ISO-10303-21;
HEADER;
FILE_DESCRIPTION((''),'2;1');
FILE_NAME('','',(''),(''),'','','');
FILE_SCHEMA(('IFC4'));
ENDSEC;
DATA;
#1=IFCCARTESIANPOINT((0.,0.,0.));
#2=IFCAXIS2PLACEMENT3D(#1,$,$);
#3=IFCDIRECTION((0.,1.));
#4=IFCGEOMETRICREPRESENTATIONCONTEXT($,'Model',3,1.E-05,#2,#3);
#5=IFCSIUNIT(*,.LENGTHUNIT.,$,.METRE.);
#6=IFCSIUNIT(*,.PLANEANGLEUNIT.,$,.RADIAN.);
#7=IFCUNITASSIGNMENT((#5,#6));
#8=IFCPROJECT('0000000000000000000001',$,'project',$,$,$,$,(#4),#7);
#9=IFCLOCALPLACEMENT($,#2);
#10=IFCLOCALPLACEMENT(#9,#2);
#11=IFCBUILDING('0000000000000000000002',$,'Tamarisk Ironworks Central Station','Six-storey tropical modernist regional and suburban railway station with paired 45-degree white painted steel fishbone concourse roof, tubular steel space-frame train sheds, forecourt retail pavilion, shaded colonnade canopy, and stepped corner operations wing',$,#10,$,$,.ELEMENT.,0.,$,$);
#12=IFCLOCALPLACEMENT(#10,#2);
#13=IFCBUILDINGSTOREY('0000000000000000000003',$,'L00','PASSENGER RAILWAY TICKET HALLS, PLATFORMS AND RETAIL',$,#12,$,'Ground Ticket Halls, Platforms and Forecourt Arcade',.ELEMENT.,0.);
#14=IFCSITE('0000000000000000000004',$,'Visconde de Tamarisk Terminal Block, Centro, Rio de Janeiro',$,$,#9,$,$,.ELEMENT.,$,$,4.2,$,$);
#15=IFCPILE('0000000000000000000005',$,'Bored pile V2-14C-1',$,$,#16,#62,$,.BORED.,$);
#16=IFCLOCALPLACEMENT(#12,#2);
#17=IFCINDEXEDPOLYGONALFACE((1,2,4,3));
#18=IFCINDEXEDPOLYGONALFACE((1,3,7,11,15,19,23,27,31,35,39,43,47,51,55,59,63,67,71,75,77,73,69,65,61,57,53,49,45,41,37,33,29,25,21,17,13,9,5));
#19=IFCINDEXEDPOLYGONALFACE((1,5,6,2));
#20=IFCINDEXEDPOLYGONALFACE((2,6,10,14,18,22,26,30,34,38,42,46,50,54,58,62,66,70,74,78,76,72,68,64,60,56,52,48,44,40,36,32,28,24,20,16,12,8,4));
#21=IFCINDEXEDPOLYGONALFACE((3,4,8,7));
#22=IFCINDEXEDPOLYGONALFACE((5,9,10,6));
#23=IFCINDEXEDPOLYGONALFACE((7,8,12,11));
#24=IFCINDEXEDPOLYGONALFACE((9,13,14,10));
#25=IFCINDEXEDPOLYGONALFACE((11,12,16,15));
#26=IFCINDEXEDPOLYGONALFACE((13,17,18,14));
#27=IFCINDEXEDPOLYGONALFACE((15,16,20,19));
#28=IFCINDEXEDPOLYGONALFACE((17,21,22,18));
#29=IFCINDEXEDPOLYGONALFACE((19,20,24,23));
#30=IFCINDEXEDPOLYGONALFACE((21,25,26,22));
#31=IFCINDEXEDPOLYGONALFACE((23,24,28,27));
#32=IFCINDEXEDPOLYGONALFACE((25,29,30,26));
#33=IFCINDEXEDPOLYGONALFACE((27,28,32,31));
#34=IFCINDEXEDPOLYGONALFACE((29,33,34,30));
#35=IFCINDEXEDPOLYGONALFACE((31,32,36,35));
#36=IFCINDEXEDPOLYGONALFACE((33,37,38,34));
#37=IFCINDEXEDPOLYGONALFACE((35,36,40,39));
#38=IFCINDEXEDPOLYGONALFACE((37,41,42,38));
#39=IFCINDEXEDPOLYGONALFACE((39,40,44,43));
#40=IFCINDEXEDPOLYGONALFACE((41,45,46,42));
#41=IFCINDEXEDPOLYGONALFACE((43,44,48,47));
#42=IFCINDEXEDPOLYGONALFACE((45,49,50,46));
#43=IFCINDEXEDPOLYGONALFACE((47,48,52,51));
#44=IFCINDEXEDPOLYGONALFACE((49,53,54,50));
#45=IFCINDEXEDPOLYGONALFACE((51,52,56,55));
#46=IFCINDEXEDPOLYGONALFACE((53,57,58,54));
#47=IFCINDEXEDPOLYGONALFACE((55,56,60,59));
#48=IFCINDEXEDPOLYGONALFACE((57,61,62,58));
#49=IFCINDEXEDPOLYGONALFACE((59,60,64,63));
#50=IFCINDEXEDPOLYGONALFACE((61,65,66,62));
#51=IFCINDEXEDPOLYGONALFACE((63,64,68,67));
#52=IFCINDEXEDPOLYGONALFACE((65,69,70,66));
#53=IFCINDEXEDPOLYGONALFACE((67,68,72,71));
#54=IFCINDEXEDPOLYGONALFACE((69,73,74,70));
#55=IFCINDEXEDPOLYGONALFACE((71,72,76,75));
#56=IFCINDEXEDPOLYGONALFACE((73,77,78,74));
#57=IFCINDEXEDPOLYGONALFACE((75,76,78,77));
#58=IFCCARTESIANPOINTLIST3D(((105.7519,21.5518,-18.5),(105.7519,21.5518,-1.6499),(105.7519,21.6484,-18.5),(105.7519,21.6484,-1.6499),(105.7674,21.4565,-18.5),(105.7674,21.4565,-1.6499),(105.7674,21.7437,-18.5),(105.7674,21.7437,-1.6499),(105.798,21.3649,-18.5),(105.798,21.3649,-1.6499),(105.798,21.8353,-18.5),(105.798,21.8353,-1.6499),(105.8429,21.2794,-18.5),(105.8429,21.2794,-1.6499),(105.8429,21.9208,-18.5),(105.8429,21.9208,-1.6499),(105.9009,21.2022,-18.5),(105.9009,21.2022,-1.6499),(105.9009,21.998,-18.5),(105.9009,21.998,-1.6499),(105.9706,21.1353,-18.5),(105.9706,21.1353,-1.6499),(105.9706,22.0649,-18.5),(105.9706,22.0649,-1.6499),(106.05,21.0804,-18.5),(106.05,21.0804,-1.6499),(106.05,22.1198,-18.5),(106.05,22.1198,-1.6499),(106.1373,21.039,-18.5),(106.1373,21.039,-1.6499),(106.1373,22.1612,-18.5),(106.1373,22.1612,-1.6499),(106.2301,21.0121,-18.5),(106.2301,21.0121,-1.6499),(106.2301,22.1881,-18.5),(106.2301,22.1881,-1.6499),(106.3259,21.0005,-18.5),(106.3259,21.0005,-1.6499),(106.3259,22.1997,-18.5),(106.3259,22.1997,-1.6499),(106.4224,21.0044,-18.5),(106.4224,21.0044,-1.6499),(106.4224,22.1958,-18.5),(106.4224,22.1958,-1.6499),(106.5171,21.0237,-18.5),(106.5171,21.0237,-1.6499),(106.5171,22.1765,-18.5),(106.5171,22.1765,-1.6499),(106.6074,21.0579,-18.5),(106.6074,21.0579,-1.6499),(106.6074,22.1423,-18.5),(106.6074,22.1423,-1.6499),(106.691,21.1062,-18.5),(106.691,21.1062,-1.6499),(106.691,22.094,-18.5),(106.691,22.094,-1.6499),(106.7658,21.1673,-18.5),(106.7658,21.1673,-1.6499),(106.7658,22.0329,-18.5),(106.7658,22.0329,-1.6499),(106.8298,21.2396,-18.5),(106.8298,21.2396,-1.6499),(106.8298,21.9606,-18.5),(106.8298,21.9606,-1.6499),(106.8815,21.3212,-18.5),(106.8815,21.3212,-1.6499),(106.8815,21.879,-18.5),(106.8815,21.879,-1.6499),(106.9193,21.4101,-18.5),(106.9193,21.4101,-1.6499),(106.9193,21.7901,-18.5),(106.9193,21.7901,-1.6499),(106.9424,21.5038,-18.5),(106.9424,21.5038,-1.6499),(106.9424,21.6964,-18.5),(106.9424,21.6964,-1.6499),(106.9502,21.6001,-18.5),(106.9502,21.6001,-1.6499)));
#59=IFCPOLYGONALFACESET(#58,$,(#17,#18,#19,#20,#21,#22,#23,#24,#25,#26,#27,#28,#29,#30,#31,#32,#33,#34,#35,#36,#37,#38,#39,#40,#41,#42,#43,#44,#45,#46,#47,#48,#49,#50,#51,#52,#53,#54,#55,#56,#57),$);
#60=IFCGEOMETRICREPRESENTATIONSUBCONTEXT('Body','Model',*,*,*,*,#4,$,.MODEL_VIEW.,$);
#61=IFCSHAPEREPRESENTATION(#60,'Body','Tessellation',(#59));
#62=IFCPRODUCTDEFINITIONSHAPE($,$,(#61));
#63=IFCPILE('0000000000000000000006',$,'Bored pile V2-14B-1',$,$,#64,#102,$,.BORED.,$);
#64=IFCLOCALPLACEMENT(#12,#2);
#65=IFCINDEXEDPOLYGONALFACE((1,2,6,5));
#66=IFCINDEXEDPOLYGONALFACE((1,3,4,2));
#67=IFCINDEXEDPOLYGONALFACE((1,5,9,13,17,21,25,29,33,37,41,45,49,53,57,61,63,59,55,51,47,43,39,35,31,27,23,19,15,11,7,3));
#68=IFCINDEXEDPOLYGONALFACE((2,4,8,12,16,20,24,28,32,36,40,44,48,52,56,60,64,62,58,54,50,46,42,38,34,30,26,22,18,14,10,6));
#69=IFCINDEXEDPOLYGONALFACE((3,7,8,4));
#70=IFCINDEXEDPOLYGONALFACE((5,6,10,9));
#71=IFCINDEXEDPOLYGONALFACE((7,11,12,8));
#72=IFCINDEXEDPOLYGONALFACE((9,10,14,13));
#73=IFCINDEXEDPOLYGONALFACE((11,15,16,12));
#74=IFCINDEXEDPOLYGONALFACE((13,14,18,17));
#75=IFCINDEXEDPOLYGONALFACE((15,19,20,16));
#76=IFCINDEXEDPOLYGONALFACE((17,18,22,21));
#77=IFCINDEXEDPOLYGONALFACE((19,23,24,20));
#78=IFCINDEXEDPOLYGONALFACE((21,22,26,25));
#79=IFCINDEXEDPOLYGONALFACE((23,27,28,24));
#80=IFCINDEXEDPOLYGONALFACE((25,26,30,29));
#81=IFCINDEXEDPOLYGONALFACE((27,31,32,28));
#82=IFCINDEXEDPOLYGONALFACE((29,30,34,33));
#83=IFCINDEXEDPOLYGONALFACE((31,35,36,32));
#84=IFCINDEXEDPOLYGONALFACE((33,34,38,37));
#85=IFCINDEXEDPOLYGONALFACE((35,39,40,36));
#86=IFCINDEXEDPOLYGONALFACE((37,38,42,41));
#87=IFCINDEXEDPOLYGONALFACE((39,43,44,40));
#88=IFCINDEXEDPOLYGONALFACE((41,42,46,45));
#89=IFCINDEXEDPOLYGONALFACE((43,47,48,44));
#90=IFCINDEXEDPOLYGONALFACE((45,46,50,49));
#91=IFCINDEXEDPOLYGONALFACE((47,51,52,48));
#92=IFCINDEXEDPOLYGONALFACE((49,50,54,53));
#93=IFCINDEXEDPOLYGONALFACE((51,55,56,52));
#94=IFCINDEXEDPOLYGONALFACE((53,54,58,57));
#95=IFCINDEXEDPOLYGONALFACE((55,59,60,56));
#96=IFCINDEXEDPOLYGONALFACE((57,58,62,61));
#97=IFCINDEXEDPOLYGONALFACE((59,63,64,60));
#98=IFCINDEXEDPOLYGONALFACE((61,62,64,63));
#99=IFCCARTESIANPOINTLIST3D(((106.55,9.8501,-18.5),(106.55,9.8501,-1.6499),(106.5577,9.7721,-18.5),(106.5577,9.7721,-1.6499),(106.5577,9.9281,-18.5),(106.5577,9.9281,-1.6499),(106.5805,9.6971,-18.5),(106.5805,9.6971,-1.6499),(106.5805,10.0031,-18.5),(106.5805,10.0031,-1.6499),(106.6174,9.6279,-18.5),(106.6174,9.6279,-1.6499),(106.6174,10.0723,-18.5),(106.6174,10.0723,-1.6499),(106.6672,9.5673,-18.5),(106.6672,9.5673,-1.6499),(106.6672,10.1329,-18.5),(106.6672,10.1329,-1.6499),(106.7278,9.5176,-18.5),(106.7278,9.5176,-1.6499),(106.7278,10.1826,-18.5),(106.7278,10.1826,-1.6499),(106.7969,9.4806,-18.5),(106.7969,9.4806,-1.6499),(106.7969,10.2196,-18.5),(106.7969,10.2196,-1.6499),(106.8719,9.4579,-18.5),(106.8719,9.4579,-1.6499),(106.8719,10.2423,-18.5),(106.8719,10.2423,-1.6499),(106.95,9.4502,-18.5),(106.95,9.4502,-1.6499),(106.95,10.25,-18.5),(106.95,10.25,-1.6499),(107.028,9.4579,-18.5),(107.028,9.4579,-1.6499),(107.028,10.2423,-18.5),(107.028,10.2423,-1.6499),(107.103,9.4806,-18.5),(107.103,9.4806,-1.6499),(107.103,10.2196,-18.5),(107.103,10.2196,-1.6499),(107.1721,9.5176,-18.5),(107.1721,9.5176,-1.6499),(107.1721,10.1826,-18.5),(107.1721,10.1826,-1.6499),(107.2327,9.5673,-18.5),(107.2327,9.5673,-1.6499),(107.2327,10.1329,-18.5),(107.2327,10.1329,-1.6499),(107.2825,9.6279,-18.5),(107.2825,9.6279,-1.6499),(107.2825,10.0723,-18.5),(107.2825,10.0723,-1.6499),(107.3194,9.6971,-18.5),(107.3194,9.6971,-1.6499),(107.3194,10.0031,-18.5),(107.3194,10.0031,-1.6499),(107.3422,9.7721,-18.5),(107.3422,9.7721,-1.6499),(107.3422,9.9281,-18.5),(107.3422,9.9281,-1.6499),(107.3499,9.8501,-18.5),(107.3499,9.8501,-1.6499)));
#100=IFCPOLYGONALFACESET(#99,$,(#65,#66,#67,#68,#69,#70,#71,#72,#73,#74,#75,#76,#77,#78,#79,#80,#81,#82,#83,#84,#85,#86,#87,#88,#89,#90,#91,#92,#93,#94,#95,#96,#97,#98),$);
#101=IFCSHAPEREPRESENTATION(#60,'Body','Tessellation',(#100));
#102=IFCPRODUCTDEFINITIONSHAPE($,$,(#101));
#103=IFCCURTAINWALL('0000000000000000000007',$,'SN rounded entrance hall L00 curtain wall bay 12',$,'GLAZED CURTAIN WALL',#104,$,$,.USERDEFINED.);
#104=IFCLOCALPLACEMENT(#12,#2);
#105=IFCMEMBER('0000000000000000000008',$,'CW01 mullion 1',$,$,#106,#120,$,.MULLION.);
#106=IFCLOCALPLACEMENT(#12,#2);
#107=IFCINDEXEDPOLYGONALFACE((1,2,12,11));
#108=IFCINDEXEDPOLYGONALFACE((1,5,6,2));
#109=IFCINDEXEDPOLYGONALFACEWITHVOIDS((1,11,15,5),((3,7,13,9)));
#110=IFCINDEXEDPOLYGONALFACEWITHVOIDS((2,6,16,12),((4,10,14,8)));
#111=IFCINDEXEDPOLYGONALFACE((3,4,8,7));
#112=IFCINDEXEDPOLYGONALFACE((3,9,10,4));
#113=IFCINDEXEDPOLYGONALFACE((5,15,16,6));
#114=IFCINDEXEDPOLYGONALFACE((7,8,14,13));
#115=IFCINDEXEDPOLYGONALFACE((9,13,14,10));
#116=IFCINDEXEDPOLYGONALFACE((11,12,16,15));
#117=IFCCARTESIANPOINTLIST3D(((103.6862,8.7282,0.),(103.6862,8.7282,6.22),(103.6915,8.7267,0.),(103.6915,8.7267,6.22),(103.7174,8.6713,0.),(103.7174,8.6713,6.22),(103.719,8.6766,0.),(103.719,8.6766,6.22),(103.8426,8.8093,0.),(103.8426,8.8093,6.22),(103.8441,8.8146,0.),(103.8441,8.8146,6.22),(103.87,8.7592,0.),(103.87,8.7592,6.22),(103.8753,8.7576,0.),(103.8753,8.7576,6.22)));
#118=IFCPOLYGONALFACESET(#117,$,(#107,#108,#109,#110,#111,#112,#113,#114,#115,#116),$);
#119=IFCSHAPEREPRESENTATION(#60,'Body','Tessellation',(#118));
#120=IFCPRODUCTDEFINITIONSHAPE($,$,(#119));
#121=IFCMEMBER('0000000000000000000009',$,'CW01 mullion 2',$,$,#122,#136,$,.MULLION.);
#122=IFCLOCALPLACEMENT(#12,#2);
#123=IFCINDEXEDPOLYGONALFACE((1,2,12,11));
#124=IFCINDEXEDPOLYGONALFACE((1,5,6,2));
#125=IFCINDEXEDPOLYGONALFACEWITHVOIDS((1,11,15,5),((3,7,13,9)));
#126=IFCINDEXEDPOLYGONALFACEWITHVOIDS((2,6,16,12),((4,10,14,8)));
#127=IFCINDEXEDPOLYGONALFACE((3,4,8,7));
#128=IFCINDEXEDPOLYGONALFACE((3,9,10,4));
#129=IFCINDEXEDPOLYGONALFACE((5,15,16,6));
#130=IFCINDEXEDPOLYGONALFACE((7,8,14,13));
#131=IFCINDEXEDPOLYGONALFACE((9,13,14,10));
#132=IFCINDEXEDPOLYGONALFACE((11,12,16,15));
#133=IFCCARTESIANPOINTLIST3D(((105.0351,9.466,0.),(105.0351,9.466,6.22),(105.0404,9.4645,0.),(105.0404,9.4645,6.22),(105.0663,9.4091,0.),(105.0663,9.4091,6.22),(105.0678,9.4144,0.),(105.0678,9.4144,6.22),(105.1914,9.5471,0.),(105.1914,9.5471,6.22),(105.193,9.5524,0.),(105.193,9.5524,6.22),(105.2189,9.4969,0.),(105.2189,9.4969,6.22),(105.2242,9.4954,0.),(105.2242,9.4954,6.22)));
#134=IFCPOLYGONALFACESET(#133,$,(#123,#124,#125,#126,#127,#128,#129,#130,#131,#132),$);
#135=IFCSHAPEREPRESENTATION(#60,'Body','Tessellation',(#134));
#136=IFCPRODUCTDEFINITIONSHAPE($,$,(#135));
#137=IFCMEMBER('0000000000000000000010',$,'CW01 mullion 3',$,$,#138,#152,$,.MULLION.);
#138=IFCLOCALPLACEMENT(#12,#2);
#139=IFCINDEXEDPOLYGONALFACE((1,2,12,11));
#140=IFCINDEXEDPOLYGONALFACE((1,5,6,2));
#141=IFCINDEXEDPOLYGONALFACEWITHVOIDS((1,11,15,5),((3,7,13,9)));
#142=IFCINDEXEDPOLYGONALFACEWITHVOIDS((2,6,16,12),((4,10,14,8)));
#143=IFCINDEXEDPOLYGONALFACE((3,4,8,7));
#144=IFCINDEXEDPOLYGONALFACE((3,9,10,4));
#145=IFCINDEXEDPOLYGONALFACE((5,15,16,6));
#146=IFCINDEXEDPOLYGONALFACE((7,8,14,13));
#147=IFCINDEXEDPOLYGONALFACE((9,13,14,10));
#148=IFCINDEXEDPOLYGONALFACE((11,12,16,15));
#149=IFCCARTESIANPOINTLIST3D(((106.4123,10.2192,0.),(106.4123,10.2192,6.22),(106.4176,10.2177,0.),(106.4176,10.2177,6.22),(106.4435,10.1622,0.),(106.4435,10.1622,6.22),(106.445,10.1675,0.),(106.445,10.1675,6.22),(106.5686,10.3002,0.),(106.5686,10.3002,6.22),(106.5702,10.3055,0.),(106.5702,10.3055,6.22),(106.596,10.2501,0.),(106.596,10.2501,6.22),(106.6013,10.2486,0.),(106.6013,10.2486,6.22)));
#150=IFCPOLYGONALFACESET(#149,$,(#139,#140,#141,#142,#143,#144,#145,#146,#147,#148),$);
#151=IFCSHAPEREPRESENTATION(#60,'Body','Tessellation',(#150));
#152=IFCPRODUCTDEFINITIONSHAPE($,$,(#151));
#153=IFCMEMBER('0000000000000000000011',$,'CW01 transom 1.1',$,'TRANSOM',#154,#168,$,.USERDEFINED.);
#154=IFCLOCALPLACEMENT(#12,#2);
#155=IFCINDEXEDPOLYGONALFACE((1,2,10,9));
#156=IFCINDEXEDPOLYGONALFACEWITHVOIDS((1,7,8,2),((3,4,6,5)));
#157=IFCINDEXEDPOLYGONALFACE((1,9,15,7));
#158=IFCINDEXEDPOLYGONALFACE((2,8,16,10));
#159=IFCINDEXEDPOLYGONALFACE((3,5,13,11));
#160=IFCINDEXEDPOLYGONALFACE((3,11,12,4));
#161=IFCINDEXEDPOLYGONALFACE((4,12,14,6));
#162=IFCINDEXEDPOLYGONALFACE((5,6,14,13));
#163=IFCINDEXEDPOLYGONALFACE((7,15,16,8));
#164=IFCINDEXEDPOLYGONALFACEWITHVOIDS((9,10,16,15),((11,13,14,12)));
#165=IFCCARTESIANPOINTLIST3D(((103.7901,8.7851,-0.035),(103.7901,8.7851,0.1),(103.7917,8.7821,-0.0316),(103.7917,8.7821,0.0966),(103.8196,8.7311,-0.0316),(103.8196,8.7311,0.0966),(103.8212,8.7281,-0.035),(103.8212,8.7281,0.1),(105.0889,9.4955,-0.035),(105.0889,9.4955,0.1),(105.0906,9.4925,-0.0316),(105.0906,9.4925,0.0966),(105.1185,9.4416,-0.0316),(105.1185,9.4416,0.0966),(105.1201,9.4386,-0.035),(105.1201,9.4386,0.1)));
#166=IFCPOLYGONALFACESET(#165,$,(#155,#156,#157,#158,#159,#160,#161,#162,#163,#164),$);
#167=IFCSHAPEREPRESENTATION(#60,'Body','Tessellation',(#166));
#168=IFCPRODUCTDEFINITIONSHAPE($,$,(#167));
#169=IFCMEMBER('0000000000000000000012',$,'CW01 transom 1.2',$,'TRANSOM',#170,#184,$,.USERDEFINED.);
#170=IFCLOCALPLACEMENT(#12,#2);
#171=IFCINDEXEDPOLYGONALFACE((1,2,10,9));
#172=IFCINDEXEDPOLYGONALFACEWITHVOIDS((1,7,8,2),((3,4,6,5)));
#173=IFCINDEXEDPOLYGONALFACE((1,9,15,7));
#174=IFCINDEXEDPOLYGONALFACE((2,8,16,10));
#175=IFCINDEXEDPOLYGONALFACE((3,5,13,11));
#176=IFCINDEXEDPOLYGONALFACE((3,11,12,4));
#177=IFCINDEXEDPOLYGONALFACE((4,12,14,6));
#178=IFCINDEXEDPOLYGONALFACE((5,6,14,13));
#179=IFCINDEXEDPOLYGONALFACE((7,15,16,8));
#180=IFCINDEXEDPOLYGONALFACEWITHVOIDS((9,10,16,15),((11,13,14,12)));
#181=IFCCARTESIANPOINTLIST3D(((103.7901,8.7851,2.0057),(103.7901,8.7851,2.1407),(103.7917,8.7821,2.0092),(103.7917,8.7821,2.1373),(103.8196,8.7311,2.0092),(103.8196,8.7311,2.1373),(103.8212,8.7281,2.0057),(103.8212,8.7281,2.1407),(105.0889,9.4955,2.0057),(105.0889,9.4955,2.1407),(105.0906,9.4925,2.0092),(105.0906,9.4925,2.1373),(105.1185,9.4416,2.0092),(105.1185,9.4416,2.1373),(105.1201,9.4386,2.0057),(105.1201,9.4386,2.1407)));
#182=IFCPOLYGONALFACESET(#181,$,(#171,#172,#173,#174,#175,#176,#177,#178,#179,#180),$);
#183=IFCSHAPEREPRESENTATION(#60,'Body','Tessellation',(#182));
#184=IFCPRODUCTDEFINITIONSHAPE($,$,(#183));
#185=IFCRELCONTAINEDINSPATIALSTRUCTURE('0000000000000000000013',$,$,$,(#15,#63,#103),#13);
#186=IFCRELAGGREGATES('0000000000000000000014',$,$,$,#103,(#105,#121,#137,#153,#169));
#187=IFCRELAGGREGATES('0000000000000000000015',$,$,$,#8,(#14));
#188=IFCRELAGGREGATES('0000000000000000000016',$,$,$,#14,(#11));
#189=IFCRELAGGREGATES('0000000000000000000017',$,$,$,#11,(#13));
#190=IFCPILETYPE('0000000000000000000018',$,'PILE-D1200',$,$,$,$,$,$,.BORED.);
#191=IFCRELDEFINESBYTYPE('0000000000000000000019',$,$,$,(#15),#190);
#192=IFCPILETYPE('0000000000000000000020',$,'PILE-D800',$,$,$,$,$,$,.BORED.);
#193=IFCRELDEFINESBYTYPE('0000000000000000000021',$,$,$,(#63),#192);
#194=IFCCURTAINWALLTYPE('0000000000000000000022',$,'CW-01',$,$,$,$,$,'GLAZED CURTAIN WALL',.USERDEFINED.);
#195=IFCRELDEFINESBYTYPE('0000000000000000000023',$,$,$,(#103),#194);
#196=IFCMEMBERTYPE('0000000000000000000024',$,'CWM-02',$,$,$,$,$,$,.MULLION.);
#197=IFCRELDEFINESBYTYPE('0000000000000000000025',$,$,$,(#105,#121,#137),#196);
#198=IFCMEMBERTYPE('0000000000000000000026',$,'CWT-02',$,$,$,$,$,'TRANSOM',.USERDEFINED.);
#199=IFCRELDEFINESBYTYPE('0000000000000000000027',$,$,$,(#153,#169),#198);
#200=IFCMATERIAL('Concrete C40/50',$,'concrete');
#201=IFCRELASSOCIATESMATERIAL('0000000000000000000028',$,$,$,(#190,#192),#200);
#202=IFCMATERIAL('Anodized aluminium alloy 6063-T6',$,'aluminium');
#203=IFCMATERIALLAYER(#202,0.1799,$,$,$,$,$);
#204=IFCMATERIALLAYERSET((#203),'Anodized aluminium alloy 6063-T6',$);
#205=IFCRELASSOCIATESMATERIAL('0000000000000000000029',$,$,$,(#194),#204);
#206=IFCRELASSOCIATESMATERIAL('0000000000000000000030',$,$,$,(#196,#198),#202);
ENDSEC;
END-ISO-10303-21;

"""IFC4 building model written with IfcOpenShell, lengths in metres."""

from ifc_helpers import new_model, si_unit, direction, frame, origin, origin_2d, place, context, subcontext, project, spatial, hollow_rectangle, circle, extrude, material, layer, layer_set, material_profile, profile_set, type_object, element, aggregate, save


model = new_model("IFC4")

# Units and contexts
model_context = context("Model", 3, precision=1e-05, world=origin(), true_north=direction((0.0, 1.0)))
body_context = subcontext(model_context, "Body", "Model", "MODEL_VIEW")
ifc_project = project(units=[si_unit("LENGTHUNIT", "METRE"), si_unit("PLANEANGLEUNIT", "RADIAN")], contexts=[model_context])

# Site, building, storey
site_placement = place(None, origin())
site = spatial("IfcSite", under=ifc_project, at=site_placement, Name="Visconde de Tamarisk Terminal Block, Centro, Rio de Janeiro", CompositionType="ELEMENT", RefElevation=4.2)
building_placement = place(site_placement, origin())
building = spatial("IfcBuilding", under=site, at=building_placement, Name="Tamarisk Ironworks Central Station", Description="Six-storey tropical modernist regional and suburban railway station with paired 45-degree white painted steel fishbone concourse roof, tubular steel space-frame train sheds, forecourt retail pavilion, shaded colonnade canopy, and stepped corner operations wing", CompositionType="ELEMENT", ElevationOfRefHeight=0.0)
storey_placement = place(building_placement, origin())
storey = spatial("IfcBuildingStorey", under=building, at=storey_placement, Name="L00", Description="PASSENGER RAILWAY TICKET HALLS, PLATFORMS AND RETAIL", LongName="Ground Ticket Halls, Platforms and Forecourt Arcade", CompositionType="ELEMENT", Elevation=0.0)

# Piles
ifc_material_1 = material(Name="Concrete C40/50", Category="concrete")
ifc_material_profile_1 = material_profile(ifc_material_1, circle(Radius=0.6001, at=origin_2d()), Name="BORED PILE D1200")
ifc_profile_set_1 = profile_set([ifc_material_profile_1], Name="Concrete C40/50")
pile_type_1 = type_object("IfcPileType", Name="PILE-D1200", PredefinedType="BORED", material=ifc_profile_set_1)
pile_1_placement = place(storey_placement, frame((106.3501, 21.6001, -1.6499), z_axis=(0.0, 0.0, -1.0), x_axis=(1.0, 0.0, 0.0)))
element("IfcPile", 1, at=pile_1_placement, inside=storey, type_object=pile_type_1, Name="Bored pile V2-14C-1", PredefinedType="BORED", context=body_context, shape_type="SweptSolid", body=[
    extrude(circle(Radius=0.6001, at=origin_2d()), origin(), (0.0, 0.0, 1.0), 16.8501),
])
ifc_material_profile_2 = material_profile(ifc_material_1, circle(Radius=0.3999, at=origin_2d()), Name="BORED PILE D800")
ifc_profile_set_2 = profile_set([ifc_material_profile_2], Name="Concrete C40/50")
pile_type_2 = type_object("IfcPileType", Name="PILE-D800", PredefinedType="BORED", material=ifc_profile_set_2)
pile_2_placement = place(storey_placement, frame((106.95, 9.8501, -1.6499), z_axis=(0.0, 0.0, -1.0), x_axis=(1.0, 0.0, 0.0)))
element("IfcPile", 2, at=pile_2_placement, inside=storey, type_object=pile_type_2, Name="Bored pile V2-14B-1", PredefinedType="BORED", context=body_context, shape_type="SweptSolid", body=[
    extrude(circle(Radius=0.3999, at=origin_2d()), origin(), (0.0, 0.0, 1.0), 16.8501),
])

# Curtain wall, members
ifc_material_2 = material(Name="Anodized aluminium alloy 6063-T6", Category="aluminium")
ifc_layer_1 = layer(ifc_material_2, 0.1799)
ifc_layer_set_1 = layer_set([ifc_layer_1], Name="Anodized aluminium alloy 6063-T6")
curtain_wall_type = type_object("IfcCurtainWallType", Name="CW-01", ElementType="GLAZED CURTAIN WALL", PredefinedType="USERDEFINED", material=ifc_layer_set_1)
curtain_wall_placement = place(storey_placement, origin())
curtain_wall = element("IfcCurtainWall", 3, at=curtain_wall_placement, inside=storey, type_object=curtain_wall_type, Name="SN rounded entrance hall L00 curtain wall bay 12", ObjectType="GLAZED CURTAIN WALL", PredefinedType="USERDEFINED")
ifc_material_profile_3 = material_profile(ifc_material_2, hollow_rectangle(XDim=0.0649, YDim=0.1799, WallThickness=0.0039, at=origin_2d()), Name="ALUM 180x65")
ifc_profile_set_3 = profile_set([ifc_material_profile_3], Name="Anodized aluminium alloy 6063-T6")
member_type_1 = type_object("IfcMemberType", Name="CWM-02", PredefinedType="MULLION", material=ifc_profile_set_3)
member_1_placement = place(storey_placement, frame((103.7808, 8.7429, 0.0), z_axis=(0.0, 0.0, 1.0), x_axis=(-0.479805, 0.877375, 0.0)))
member_1 = element("IfcMember", 4, at=member_1_placement, type_object=member_type_1, Name="CW01 mullion 1", PredefinedType="MULLION", context=body_context, shape_type="SweptSolid", body=[
    extrude(hollow_rectangle(XDim=0.0649, YDim=0.1799, WallThickness=0.0039, at=origin_2d()), origin(), (0.0, 0.0, 1.0), 6.22),
])
member_2_placement = place(storey_placement, frame((105.1296, 9.4807, 0.0), z_axis=(0.0, 0.0, 1.0), x_axis=(-0.479805, 0.877375, 0.0)))
member_2 = element("IfcMember", 5, at=member_2_placement, type_object=member_type_1, Name="CW01 mullion 2", PredefinedType="MULLION", context=body_context, shape_type="SweptSolid", body=[
    extrude(hollow_rectangle(XDim=0.0649, YDim=0.1799, WallThickness=0.0039, at=origin_2d()), origin(), (0.0, 0.0, 1.0), 6.22),
])
member_3_placement = place(storey_placement, frame((106.5068, 10.2339, 0.0), z_axis=(0.0, 0.0, 1.0), x_axis=(-0.479805, 0.877375, 0.0)))
member_3 = element("IfcMember", 6, at=member_3_placement, type_object=member_type_1, Name="CW01 mullion 3", PredefinedType="MULLION", context=body_context, shape_type="SweptSolid", body=[
    extrude(hollow_rectangle(XDim=0.0649, YDim=0.1799, WallThickness=0.0039, at=origin_2d()), origin(), (0.0, 0.0, 1.0), 6.22),
])
ifc_material_profile_4 = material_profile(ifc_material_2, hollow_rectangle(XDim=0.0649, YDim=0.135, WallThickness=0.0034, at=origin_2d()), Name="ALUM 135x65")
ifc_profile_set_4 = profile_set([ifc_material_profile_4], Name="Anodized aluminium alloy 6063-T6")
member_type_2 = type_object("IfcMemberType", Name="CWT-02", ElementType="TRANSOM", PredefinedType="USERDEFINED", material=ifc_profile_set_4)
member_4_placement = place(storey_placement, frame((103.8057, 8.7566, 0.0325), z_axis=(0.877328, 0.479892, 0.0), x_axis=(-0.479892, 0.877328, 0.0)))
member_4 = element("IfcMember", 7, at=member_4_placement, type_object=member_type_2, Name="CW01 transom 1.1", ObjectType="TRANSOM", PredefinedType="USERDEFINED", context=body_context, shape_type="SweptSolid", body=[
    extrude(hollow_rectangle(XDim=0.0649, YDim=0.135, WallThickness=0.0034, at=origin_2d()), origin(), (0.0, 0.0, 1.0), 1.4805),
])
member_5_placement = place(storey_placement, frame((103.8057, 8.7566, 2.0732), z_axis=(0.877328, 0.479892, 0.0), x_axis=(-0.479892, 0.877328, 0.0)))
member_5 = element("IfcMember", 8, at=member_5_placement, type_object=member_type_2, Name="CW01 transom 1.2", ObjectType="TRANSOM", PredefinedType="USERDEFINED", context=body_context, shape_type="SweptSolid", body=[
    extrude(hollow_rectangle(XDim=0.0649, YDim=0.135, WallThickness=0.0034, at=origin_2d()), origin(), (0.0, 0.0, 1.0), 1.4805),
])
aggregate(curtain_wall, [member_1, member_2, member_3, member_4, member_5])

save(model, "model.ifc")
